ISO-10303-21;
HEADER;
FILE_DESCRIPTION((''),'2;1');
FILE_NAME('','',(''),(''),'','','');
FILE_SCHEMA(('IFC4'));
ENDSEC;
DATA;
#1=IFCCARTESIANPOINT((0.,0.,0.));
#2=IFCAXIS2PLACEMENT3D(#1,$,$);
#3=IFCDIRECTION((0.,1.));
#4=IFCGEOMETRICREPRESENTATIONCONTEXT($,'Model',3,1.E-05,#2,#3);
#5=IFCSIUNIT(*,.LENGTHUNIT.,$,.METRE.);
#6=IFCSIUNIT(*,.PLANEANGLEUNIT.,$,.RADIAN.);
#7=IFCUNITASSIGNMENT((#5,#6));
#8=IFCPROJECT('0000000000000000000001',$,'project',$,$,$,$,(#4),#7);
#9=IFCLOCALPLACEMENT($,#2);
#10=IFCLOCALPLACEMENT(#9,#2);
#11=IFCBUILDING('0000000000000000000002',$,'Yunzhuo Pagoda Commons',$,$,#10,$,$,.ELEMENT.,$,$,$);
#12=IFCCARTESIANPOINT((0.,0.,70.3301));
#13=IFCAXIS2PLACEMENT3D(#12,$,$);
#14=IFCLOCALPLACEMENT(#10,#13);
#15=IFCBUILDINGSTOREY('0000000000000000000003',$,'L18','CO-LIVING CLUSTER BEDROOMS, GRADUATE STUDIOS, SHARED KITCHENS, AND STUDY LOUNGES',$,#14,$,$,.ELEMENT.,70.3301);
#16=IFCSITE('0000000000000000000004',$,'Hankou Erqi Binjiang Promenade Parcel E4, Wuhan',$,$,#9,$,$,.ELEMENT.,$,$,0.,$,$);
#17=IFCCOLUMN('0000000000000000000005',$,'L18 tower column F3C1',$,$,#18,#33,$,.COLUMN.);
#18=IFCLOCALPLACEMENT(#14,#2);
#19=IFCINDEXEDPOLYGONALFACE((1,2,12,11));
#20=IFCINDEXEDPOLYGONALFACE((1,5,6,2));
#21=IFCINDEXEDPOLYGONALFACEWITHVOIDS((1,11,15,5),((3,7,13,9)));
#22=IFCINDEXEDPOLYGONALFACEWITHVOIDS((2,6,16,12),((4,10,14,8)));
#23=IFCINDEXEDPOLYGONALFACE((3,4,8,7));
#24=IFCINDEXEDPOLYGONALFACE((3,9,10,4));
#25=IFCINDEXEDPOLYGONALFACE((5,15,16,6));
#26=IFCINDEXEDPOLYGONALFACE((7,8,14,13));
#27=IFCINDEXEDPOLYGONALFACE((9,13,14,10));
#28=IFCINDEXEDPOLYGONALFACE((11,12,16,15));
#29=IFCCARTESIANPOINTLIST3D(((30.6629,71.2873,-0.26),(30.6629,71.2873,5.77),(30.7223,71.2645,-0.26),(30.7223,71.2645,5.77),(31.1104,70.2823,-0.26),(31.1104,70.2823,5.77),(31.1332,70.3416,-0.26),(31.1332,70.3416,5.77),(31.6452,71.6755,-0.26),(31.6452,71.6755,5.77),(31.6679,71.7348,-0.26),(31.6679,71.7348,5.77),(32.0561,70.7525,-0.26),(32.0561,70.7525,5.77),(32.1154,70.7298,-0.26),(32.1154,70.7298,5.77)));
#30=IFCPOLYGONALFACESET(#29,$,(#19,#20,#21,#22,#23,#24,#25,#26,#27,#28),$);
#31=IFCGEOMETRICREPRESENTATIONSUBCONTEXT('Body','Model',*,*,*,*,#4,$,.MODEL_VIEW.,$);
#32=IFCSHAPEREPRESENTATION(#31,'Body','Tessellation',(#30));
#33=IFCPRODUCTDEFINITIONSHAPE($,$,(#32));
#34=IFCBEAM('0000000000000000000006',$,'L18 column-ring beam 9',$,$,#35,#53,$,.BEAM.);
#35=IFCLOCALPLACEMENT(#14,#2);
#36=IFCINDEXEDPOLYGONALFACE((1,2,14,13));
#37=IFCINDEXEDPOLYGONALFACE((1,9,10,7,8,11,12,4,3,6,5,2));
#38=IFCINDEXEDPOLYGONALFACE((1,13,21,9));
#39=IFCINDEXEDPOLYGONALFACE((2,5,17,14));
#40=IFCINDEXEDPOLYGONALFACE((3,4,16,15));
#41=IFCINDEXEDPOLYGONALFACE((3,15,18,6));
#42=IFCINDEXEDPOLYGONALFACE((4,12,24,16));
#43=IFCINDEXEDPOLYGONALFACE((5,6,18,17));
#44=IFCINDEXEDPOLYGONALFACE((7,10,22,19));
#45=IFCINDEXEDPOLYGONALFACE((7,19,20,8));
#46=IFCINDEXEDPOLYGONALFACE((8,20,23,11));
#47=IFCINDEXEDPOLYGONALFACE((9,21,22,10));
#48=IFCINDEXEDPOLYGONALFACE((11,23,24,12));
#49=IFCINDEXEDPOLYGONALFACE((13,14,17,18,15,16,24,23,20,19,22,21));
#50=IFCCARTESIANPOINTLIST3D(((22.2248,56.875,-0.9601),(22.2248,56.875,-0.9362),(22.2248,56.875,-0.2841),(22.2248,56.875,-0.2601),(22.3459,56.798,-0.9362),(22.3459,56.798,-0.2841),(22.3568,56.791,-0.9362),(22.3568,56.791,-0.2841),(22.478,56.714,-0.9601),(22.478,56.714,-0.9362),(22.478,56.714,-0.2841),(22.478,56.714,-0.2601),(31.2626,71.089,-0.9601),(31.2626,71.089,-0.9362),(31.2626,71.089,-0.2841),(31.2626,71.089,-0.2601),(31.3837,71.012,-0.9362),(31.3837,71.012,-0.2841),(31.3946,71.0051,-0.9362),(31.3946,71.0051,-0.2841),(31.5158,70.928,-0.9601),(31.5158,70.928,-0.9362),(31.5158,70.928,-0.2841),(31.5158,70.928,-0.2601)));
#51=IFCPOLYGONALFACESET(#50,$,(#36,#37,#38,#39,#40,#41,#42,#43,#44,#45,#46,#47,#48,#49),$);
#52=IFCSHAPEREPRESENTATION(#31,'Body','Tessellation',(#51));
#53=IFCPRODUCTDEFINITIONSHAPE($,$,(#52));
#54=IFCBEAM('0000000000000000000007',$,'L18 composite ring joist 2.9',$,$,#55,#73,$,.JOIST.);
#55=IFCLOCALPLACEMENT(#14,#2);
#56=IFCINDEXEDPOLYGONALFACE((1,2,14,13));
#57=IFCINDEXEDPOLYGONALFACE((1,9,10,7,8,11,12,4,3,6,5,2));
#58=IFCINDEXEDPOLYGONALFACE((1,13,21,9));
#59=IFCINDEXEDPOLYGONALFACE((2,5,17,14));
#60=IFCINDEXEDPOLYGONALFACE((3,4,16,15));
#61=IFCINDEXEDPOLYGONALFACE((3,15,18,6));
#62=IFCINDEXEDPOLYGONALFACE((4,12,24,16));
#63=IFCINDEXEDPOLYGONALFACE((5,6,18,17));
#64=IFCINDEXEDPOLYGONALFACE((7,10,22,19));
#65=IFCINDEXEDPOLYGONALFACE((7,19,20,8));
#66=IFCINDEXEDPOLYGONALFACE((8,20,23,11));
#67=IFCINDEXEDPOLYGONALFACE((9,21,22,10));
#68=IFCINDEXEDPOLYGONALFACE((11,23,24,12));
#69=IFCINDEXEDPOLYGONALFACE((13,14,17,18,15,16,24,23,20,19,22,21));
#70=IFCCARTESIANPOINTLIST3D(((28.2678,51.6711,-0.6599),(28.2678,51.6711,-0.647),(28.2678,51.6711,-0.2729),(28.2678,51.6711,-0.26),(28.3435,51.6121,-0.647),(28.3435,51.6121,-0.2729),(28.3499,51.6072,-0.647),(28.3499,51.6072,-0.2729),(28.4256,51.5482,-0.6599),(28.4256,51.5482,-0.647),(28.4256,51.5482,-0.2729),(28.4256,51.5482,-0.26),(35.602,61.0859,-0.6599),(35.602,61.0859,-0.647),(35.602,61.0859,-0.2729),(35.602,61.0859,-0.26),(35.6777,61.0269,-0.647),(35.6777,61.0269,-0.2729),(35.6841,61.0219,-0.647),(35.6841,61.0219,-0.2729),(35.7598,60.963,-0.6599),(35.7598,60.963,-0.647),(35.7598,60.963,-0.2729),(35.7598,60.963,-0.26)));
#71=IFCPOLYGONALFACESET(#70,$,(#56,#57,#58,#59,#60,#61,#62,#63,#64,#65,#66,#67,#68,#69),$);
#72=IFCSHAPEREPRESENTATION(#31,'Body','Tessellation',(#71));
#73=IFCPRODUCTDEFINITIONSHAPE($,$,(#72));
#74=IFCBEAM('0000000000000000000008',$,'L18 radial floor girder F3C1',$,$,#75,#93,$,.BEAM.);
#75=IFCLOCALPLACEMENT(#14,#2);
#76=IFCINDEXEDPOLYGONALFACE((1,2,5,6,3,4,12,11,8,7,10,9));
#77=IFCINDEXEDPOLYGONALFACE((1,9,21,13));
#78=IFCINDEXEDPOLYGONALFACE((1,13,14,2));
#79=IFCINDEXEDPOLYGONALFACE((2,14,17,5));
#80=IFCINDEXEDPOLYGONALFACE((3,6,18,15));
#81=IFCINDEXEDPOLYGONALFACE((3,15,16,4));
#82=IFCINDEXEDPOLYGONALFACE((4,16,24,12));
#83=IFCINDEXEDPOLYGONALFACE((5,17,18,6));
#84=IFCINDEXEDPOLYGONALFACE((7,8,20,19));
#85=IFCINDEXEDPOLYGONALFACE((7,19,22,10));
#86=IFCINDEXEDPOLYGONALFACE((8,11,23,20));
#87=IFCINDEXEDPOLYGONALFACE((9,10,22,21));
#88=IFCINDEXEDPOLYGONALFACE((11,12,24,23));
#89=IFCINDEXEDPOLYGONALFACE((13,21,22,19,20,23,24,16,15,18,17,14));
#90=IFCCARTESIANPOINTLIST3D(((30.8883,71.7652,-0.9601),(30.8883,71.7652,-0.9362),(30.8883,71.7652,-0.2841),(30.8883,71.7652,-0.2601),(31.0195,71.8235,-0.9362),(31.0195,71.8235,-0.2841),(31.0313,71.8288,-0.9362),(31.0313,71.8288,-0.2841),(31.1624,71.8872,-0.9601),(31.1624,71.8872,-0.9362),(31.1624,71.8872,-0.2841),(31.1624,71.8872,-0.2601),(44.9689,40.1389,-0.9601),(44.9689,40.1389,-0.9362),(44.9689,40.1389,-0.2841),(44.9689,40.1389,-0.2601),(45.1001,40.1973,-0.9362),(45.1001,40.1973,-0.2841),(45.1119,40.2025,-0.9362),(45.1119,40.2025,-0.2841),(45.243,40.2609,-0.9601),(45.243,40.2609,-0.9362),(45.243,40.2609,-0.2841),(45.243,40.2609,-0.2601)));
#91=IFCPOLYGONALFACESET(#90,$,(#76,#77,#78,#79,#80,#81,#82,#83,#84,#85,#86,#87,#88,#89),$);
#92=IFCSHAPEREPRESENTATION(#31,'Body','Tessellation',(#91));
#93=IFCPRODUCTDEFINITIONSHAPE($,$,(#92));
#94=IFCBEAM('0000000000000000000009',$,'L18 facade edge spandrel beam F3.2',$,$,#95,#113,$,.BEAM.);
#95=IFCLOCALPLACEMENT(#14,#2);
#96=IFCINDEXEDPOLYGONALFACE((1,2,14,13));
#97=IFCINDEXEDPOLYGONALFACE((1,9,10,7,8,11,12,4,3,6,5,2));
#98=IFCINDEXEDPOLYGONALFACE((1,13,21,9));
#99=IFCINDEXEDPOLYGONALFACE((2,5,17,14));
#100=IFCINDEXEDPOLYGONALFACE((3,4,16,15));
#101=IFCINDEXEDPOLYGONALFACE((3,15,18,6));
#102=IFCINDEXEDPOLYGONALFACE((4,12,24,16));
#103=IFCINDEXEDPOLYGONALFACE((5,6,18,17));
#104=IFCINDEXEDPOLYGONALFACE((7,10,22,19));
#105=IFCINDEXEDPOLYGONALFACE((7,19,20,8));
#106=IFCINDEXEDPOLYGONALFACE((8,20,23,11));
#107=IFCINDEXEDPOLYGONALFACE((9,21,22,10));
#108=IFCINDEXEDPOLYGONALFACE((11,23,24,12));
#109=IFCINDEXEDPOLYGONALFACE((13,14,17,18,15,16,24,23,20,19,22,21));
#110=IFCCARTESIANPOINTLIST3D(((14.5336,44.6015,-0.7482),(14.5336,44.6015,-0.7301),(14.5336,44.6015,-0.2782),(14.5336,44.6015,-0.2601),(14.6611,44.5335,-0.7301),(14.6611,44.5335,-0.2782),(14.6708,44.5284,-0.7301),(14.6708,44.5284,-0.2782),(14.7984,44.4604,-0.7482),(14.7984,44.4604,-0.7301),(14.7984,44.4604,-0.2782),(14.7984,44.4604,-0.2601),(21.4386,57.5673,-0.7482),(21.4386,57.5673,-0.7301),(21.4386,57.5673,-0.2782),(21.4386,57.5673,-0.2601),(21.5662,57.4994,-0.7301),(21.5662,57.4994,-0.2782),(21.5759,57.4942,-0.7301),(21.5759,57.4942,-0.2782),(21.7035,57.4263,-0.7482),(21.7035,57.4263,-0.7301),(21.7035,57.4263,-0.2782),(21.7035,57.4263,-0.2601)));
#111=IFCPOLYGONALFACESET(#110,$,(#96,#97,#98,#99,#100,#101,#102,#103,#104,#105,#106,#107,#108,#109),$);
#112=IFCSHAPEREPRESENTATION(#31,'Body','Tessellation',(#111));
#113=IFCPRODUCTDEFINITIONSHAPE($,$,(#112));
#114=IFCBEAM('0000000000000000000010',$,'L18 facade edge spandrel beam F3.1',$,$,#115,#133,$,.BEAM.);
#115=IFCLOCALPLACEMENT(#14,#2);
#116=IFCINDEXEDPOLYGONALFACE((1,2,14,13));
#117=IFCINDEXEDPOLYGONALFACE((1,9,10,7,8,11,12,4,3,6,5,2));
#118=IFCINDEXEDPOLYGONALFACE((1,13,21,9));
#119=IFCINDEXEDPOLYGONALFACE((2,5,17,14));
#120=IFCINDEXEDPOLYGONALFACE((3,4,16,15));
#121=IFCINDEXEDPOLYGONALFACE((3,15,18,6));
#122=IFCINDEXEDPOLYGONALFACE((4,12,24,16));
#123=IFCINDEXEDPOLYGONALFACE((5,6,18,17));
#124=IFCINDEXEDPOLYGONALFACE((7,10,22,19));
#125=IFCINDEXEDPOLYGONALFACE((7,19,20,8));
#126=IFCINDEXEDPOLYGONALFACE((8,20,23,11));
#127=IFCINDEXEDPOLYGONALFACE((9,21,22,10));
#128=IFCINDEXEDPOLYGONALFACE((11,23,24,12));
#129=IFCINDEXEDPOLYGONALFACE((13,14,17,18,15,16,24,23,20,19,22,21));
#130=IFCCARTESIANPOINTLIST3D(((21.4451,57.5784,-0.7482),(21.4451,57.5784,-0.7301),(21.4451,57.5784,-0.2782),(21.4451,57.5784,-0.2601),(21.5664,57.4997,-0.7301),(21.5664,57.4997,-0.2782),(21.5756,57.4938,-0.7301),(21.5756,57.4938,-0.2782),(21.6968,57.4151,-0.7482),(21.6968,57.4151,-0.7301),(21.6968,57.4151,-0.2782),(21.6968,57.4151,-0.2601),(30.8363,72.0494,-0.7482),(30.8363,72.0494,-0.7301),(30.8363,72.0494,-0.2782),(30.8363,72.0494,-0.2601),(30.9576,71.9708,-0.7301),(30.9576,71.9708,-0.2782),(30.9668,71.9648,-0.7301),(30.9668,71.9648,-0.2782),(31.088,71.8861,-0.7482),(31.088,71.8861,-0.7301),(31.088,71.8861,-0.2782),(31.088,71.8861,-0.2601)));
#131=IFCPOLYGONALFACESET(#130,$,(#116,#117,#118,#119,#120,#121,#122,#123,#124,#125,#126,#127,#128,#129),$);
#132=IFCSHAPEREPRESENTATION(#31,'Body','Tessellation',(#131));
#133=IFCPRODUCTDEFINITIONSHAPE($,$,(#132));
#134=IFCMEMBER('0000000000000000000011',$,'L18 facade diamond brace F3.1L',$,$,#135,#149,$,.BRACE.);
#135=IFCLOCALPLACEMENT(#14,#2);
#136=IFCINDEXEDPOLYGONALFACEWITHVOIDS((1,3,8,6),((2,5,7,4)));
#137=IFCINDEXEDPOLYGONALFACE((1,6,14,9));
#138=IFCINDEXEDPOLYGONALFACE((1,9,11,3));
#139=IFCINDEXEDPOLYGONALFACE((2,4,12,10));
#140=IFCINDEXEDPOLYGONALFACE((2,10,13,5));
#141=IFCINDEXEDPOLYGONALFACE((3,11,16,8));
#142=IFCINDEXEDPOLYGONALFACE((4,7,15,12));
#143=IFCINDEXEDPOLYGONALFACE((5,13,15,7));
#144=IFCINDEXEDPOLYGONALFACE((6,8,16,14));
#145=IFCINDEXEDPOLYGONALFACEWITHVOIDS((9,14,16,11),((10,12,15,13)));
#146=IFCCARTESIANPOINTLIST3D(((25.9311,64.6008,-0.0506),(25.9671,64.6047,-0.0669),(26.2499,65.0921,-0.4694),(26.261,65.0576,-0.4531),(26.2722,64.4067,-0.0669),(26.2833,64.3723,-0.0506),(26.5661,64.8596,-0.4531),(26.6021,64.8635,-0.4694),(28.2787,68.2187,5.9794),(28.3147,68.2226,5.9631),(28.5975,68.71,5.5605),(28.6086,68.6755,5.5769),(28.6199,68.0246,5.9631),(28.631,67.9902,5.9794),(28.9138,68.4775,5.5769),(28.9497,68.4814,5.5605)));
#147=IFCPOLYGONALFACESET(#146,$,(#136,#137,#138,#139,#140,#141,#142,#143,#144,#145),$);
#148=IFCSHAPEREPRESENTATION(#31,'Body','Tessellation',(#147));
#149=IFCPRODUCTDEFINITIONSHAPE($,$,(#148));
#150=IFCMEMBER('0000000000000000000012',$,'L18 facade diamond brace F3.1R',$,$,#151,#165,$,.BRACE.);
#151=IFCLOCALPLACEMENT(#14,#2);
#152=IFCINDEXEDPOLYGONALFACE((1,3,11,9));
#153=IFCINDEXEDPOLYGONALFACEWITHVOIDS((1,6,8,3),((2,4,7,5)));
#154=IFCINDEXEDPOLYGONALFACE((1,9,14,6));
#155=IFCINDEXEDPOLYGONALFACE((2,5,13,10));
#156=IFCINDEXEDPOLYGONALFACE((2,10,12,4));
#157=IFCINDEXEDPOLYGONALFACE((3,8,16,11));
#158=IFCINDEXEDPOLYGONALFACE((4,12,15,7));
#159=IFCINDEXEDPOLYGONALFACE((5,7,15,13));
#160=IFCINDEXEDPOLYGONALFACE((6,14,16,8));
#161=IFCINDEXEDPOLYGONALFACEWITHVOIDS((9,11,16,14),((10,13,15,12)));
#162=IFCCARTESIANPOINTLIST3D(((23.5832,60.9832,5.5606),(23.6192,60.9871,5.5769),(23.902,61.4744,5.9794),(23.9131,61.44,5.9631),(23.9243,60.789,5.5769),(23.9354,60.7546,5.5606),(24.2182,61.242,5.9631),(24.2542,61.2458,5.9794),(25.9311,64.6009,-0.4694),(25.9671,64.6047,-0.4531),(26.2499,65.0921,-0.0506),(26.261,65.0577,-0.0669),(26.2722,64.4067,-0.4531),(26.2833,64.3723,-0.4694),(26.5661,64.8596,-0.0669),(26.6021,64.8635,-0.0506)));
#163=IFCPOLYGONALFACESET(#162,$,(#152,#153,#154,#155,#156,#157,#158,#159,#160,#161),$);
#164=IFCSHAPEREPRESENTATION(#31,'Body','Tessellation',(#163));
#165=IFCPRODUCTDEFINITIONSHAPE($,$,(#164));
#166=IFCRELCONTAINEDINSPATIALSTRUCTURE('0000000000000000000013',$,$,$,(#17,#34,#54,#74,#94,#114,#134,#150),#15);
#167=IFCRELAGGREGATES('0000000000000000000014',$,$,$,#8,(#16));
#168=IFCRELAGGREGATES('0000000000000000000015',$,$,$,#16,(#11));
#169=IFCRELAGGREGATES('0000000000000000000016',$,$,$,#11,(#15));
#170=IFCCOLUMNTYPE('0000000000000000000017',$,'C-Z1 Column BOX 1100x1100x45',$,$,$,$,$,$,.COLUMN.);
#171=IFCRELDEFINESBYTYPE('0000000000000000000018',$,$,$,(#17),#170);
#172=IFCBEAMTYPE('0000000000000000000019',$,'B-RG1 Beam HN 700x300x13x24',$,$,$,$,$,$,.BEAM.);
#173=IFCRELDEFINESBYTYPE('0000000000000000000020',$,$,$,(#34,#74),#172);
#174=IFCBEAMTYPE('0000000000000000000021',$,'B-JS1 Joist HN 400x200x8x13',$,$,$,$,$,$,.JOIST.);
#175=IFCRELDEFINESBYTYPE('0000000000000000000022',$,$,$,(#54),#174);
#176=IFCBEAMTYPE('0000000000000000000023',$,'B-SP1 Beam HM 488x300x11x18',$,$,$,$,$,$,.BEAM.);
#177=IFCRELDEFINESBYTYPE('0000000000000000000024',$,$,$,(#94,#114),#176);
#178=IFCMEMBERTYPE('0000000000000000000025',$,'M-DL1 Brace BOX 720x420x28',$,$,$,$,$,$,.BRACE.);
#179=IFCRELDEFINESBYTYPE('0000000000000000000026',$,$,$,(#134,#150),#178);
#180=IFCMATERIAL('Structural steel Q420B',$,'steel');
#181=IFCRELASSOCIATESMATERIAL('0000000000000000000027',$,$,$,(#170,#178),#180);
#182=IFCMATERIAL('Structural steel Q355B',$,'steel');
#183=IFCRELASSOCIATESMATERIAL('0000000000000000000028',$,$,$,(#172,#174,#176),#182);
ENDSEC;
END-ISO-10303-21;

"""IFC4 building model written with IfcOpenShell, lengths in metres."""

from ifc_helpers import new_model, si_unit, direction, frame, origin, origin_2d, place, context, subcontext, project, spatial, hollow_rectangle, i_section, extrude, source, transform, mapped, material, material_profile, profile_set, type_object, element, save


model = new_model("IFC4")

# Units and contexts
model_context = context("Model", 3, precision=1e-05, world=origin(), true_north=direction((0.0, 1.0)))
body_context = subcontext(model_context, "Body", "Model", "MODEL_VIEW")
ifc_project = project(units=[si_unit("LENGTHUNIT", "METRE"), si_unit("PLANEANGLEUNIT", "RADIAN")], contexts=[model_context])

# Site, building, storey
site_placement = place(None, origin())
site = spatial("IfcSite", under=ifc_project, at=site_placement, Name="Hankou Erqi Binjiang Promenade Parcel E4, Wuhan", CompositionType="ELEMENT", RefElevation=0.0)
building_placement = place(site_placement, origin())
building = spatial("IfcBuilding", under=site, at=building_placement, Name="Yunzhuo Pagoda Commons", CompositionType="ELEMENT")
storey_placement = place(building_placement, frame((0.0, 0.0, 70.3301)))
storey = spatial("IfcBuildingStorey", under=building, at=storey_placement, Name="L18", Description="CO-LIVING CLUSTER BEDROOMS, GRADUATE STUDIOS, SHARED KITCHENS, AND STUDY LOUNGES", CompositionType="ELEMENT", Elevation=70.3301)

# Column
ifc_material_1 = material(Name="Structural steel Q420B", Category="steel")
ifc_material_profile_1 = material_profile(ifc_material_1, hollow_rectangle(XDim=1.1001, YDim=1.1001, WallThickness=0.0449, at=origin_2d()), Name="Structural steel Q420B")
ifc_profile_set_1 = profile_set([ifc_material_profile_1], Name="Structural steel Q420B")
column_type = type_object("IfcColumnType", Name="C-Z1 Column BOX 1100x1100x45", PredefinedType="COLUMN", material=ifc_profile_set_1)
shared_shape_1 = source(origin(), body_context, "Body", "SweptSolid", [
    extrude(hollow_rectangle(XDim=1.1001, YDim=1.1001, WallThickness=0.0449, at=origin_2d()), origin(), (0.0, 0.0, 1.0), 6.03),
])
column_placement = place(storey_placement, frame((31.3892, 71.0085, -0.26), z_axis=(0.0, 0.0, 1.0), x_axis=(-0.913545, -0.406737, 0.0)))
element("IfcColumn", 1, at=column_placement, inside=storey, type_object=column_type, Name="L18 tower column F3C1", PredefinedType="COLUMN", context=body_context, shape_type="MappedRepresentation", body=[
    mapped(shared_shape_1, transform((0.0, 0.0, 0.0), scale=1.0)),
])

# Beams
ifc_material_2 = material(Name="Structural steel Q355B", Category="steel")
ifc_material_profile_2 = material_profile(ifc_material_2, i_section(OverallWidth=0.3, OverallDepth=0.7, WebThickness=0.0129, FlangeThickness=0.0239, at=origin_2d()), Name="Structural steel Q355B")
ifc_profile_set_2 = profile_set([ifc_material_profile_2], Name="Structural steel Q355B")
beam_type_1 = type_object("IfcBeamType", Name="B-RG1 Beam HN 700x300x13x24", PredefinedType="BEAM", material=ifc_profile_set_2)
shared_shape_2 = source(origin(), body_context, "Body", "SweptSolid", [
    extrude(i_section(OverallWidth=0.3, OverallDepth=0.7, WebThickness=0.0129, FlangeThickness=0.0239, at=origin_2d()), origin(), (0.0, 0.0, 1.0), 16.844),
])
beam_1_placement = place(storey_placement, frame((31.3892, 71.0085, -0.6101), z_axis=(-0.536558, -0.843863, 0.0), x_axis=(0.843863, -0.536558, 0.0)))
element("IfcBeam", 2, at=beam_1_placement, inside=storey, type_object=beam_type_1, Name="L18 column-ring beam 9", PredefinedType="BEAM", context=body_context, shape_type="MappedRepresentation", body=[
    mapped(shared_shape_2, transform((0.0, 0.0, 0.0), scale=1.0)),
])
ifc_material_profile_3 = material_profile(ifc_material_2, i_section(OverallWidth=0.2, OverallDepth=0.3999, WebThickness=0.0081, FlangeThickness=0.0129, at=origin_2d()), Name="Structural steel Q355B")
ifc_profile_set_3 = profile_set([ifc_material_profile_3], Name="Structural steel Q355B")
beam_type_2 = type_object("IfcBeamType", Name="B-JS1 Joist HN 400x200x8x13", PredefinedType="JOIST", material=ifc_profile_set_3)
shared_shape_3 = source(origin(), body_context, "Body", "SweptSolid", [
    extrude(i_section(OverallWidth=0.2, OverallDepth=0.3999, WebThickness=0.0081, FlangeThickness=0.0129, at=origin_2d()), origin(), (0.0, 0.0, 1.0), 11.9343),
])
beam_2_placement = place(storey_placement, frame((35.6809, 61.0244, -0.46), z_axis=(-0.614547, -0.788881, 0.0), x_axis=(0.788881, -0.614547, 0.0)))
element("IfcBeam", 3, at=beam_2_placement, inside=storey, type_object=beam_type_2, Name="L18 composite ring joist 2.9", PredefinedType="JOIST", context=body_context, shape_type="MappedRepresentation", body=[
    mapped(shared_shape_3, transform((0.0, 0.0, 0.0), scale=1.0)),
])
shared_shape_4 = source(origin(), body_context, "Body", "SweptSolid", [
    extrude(i_section(OverallWidth=0.3, OverallDepth=0.7, WebThickness=0.0129, FlangeThickness=0.0239, at=origin_2d()), origin(), (0.0, 0.0, 1.0), 34.6191),
])
beam_3_placement = place(storey_placement, frame((31.0254, 71.8262, -0.6101), z_axis=(0.406729, -0.913549, 0.0), x_axis=(0.913549, 0.406729, 0.0)))
element("IfcBeam", 4, at=beam_3_placement, inside=storey, type_object=beam_type_1, Name="L18 radial floor girder F3C1", PredefinedType="BEAM", context=body_context, shape_type="MappedRepresentation", body=[
    mapped(shared_shape_4, transform((0.0, 0.0, 0.0), scale=1.0)),
])
ifc_material_profile_4 = material_profile(ifc_material_2, i_section(OverallWidth=0.3, OverallDepth=0.488, WebThickness=0.011, FlangeThickness=0.0181, at=origin_2d()), Name="Structural steel Q355B")
ifc_profile_set_4 = profile_set([ifc_material_profile_4], Name="Structural steel Q355B")
beam_type_3 = type_object("IfcBeamType", Name="B-SP1 Beam HM 488x300x11x18", PredefinedType="BEAM", material=ifc_profile_set_4)
shared_shape_5 = source(origin(), body_context, "Body", "SweptSolid", [
    extrude(i_section(OverallWidth=0.3, OverallDepth=0.488, WebThickness=0.011, FlangeThickness=0.0181, at=origin_2d()), origin(), (0.0, 0.0, 1.0), 14.6899),
])
beam_4_placement = place(storey_placement, frame((21.571, 57.4968, -0.5042), z_axis=(-0.470054, -0.882638, 0.0), x_axis=(0.882638, -0.470054, 0.0)))
element("IfcBeam", 5, at=beam_4_placement, inside=storey, type_object=beam_type_3, Name="L18 facade edge spandrel beam F3.2", PredefinedType="BEAM", context=body_context, shape_type="MappedRepresentation", body=[
    mapped(shared_shape_5, transform((0.0, 0.0, 0.0), scale=1.0)),
])
shared_shape_6 = source(origin(), body_context, "Body", "SweptSolid", [
    extrude(i_section(OverallWidth=0.3, OverallDepth=0.488, WebThickness=0.011, FlangeThickness=0.0181, at=origin_2d()), origin(), (0.0, 0.0, 1.0), 17.2512),
])
beam_5_placement = place(storey_placement, frame((30.9622, 71.9678, -0.5042), z_axis=(-0.544377, -0.838841, 0.0), x_axis=(0.838841, -0.544377, 0.0)))
element("IfcBeam", 6, at=beam_5_placement, inside=storey, type_object=beam_type_3, Name="L18 facade edge spandrel beam F3.1", PredefinedType="BEAM", context=body_context, shape_type="MappedRepresentation", body=[
    mapped(shared_shape_6, transform((0.0, 0.0, 0.0), scale=1.0)),
])

# Members
ifc_material_profile_5 = material_profile(ifc_material_1, hollow_rectangle(XDim=0.4199, YDim=0.72, WallThickness=0.0281, at=origin_2d()), Name="Structural steel Q420B")
ifc_profile_set_5 = profile_set([ifc_material_profile_5], Name="Structural steel Q420B")
member_type_1 = type_object("IfcMemberType", Name="M-DL1 Brace BOX 720x420x28", PredefinedType="BRACE", material=ifc_profile_set_5)
shared_shape_7 = source(origin(), body_context, "Body", "SweptSolid", [
    extrude(hollow_rectangle(XDim=0.4199, YDim=0.72, WallThickness=0.0281, at=origin_2d()), origin(), (0.0, 0.0, 1.0), 7.4136),
])
for number, where, z_axis, x_axis, name in (
    (7, (26.2666, 64.7322, -0.26), (0.316667, 0.488008, 0.813369), (-0.838866, 0.544338, 0.0), "L18 facade diamond brace F3.1L"),
    (8, (26.2666, 64.7322, -0.26), (-0.316702, -0.487978, 0.813374), (0.838824, -0.544403, 0.0), "L18 facade diamond brace F3.1R"),
):
    element("IfcMember", number, at=place(storey_placement, frame(where, z_axis=z_axis, x_axis=x_axis)), inside=storey, type_object=member_type_1, Name=name, PredefinedType="BRACE", context=body_context, shape_type="MappedRepresentation", body=[
        mapped(shared_shape_7, transform((0.0, 0.0, 0.0), scale=1.0)),
    ])

save(model, "model.ifc")
